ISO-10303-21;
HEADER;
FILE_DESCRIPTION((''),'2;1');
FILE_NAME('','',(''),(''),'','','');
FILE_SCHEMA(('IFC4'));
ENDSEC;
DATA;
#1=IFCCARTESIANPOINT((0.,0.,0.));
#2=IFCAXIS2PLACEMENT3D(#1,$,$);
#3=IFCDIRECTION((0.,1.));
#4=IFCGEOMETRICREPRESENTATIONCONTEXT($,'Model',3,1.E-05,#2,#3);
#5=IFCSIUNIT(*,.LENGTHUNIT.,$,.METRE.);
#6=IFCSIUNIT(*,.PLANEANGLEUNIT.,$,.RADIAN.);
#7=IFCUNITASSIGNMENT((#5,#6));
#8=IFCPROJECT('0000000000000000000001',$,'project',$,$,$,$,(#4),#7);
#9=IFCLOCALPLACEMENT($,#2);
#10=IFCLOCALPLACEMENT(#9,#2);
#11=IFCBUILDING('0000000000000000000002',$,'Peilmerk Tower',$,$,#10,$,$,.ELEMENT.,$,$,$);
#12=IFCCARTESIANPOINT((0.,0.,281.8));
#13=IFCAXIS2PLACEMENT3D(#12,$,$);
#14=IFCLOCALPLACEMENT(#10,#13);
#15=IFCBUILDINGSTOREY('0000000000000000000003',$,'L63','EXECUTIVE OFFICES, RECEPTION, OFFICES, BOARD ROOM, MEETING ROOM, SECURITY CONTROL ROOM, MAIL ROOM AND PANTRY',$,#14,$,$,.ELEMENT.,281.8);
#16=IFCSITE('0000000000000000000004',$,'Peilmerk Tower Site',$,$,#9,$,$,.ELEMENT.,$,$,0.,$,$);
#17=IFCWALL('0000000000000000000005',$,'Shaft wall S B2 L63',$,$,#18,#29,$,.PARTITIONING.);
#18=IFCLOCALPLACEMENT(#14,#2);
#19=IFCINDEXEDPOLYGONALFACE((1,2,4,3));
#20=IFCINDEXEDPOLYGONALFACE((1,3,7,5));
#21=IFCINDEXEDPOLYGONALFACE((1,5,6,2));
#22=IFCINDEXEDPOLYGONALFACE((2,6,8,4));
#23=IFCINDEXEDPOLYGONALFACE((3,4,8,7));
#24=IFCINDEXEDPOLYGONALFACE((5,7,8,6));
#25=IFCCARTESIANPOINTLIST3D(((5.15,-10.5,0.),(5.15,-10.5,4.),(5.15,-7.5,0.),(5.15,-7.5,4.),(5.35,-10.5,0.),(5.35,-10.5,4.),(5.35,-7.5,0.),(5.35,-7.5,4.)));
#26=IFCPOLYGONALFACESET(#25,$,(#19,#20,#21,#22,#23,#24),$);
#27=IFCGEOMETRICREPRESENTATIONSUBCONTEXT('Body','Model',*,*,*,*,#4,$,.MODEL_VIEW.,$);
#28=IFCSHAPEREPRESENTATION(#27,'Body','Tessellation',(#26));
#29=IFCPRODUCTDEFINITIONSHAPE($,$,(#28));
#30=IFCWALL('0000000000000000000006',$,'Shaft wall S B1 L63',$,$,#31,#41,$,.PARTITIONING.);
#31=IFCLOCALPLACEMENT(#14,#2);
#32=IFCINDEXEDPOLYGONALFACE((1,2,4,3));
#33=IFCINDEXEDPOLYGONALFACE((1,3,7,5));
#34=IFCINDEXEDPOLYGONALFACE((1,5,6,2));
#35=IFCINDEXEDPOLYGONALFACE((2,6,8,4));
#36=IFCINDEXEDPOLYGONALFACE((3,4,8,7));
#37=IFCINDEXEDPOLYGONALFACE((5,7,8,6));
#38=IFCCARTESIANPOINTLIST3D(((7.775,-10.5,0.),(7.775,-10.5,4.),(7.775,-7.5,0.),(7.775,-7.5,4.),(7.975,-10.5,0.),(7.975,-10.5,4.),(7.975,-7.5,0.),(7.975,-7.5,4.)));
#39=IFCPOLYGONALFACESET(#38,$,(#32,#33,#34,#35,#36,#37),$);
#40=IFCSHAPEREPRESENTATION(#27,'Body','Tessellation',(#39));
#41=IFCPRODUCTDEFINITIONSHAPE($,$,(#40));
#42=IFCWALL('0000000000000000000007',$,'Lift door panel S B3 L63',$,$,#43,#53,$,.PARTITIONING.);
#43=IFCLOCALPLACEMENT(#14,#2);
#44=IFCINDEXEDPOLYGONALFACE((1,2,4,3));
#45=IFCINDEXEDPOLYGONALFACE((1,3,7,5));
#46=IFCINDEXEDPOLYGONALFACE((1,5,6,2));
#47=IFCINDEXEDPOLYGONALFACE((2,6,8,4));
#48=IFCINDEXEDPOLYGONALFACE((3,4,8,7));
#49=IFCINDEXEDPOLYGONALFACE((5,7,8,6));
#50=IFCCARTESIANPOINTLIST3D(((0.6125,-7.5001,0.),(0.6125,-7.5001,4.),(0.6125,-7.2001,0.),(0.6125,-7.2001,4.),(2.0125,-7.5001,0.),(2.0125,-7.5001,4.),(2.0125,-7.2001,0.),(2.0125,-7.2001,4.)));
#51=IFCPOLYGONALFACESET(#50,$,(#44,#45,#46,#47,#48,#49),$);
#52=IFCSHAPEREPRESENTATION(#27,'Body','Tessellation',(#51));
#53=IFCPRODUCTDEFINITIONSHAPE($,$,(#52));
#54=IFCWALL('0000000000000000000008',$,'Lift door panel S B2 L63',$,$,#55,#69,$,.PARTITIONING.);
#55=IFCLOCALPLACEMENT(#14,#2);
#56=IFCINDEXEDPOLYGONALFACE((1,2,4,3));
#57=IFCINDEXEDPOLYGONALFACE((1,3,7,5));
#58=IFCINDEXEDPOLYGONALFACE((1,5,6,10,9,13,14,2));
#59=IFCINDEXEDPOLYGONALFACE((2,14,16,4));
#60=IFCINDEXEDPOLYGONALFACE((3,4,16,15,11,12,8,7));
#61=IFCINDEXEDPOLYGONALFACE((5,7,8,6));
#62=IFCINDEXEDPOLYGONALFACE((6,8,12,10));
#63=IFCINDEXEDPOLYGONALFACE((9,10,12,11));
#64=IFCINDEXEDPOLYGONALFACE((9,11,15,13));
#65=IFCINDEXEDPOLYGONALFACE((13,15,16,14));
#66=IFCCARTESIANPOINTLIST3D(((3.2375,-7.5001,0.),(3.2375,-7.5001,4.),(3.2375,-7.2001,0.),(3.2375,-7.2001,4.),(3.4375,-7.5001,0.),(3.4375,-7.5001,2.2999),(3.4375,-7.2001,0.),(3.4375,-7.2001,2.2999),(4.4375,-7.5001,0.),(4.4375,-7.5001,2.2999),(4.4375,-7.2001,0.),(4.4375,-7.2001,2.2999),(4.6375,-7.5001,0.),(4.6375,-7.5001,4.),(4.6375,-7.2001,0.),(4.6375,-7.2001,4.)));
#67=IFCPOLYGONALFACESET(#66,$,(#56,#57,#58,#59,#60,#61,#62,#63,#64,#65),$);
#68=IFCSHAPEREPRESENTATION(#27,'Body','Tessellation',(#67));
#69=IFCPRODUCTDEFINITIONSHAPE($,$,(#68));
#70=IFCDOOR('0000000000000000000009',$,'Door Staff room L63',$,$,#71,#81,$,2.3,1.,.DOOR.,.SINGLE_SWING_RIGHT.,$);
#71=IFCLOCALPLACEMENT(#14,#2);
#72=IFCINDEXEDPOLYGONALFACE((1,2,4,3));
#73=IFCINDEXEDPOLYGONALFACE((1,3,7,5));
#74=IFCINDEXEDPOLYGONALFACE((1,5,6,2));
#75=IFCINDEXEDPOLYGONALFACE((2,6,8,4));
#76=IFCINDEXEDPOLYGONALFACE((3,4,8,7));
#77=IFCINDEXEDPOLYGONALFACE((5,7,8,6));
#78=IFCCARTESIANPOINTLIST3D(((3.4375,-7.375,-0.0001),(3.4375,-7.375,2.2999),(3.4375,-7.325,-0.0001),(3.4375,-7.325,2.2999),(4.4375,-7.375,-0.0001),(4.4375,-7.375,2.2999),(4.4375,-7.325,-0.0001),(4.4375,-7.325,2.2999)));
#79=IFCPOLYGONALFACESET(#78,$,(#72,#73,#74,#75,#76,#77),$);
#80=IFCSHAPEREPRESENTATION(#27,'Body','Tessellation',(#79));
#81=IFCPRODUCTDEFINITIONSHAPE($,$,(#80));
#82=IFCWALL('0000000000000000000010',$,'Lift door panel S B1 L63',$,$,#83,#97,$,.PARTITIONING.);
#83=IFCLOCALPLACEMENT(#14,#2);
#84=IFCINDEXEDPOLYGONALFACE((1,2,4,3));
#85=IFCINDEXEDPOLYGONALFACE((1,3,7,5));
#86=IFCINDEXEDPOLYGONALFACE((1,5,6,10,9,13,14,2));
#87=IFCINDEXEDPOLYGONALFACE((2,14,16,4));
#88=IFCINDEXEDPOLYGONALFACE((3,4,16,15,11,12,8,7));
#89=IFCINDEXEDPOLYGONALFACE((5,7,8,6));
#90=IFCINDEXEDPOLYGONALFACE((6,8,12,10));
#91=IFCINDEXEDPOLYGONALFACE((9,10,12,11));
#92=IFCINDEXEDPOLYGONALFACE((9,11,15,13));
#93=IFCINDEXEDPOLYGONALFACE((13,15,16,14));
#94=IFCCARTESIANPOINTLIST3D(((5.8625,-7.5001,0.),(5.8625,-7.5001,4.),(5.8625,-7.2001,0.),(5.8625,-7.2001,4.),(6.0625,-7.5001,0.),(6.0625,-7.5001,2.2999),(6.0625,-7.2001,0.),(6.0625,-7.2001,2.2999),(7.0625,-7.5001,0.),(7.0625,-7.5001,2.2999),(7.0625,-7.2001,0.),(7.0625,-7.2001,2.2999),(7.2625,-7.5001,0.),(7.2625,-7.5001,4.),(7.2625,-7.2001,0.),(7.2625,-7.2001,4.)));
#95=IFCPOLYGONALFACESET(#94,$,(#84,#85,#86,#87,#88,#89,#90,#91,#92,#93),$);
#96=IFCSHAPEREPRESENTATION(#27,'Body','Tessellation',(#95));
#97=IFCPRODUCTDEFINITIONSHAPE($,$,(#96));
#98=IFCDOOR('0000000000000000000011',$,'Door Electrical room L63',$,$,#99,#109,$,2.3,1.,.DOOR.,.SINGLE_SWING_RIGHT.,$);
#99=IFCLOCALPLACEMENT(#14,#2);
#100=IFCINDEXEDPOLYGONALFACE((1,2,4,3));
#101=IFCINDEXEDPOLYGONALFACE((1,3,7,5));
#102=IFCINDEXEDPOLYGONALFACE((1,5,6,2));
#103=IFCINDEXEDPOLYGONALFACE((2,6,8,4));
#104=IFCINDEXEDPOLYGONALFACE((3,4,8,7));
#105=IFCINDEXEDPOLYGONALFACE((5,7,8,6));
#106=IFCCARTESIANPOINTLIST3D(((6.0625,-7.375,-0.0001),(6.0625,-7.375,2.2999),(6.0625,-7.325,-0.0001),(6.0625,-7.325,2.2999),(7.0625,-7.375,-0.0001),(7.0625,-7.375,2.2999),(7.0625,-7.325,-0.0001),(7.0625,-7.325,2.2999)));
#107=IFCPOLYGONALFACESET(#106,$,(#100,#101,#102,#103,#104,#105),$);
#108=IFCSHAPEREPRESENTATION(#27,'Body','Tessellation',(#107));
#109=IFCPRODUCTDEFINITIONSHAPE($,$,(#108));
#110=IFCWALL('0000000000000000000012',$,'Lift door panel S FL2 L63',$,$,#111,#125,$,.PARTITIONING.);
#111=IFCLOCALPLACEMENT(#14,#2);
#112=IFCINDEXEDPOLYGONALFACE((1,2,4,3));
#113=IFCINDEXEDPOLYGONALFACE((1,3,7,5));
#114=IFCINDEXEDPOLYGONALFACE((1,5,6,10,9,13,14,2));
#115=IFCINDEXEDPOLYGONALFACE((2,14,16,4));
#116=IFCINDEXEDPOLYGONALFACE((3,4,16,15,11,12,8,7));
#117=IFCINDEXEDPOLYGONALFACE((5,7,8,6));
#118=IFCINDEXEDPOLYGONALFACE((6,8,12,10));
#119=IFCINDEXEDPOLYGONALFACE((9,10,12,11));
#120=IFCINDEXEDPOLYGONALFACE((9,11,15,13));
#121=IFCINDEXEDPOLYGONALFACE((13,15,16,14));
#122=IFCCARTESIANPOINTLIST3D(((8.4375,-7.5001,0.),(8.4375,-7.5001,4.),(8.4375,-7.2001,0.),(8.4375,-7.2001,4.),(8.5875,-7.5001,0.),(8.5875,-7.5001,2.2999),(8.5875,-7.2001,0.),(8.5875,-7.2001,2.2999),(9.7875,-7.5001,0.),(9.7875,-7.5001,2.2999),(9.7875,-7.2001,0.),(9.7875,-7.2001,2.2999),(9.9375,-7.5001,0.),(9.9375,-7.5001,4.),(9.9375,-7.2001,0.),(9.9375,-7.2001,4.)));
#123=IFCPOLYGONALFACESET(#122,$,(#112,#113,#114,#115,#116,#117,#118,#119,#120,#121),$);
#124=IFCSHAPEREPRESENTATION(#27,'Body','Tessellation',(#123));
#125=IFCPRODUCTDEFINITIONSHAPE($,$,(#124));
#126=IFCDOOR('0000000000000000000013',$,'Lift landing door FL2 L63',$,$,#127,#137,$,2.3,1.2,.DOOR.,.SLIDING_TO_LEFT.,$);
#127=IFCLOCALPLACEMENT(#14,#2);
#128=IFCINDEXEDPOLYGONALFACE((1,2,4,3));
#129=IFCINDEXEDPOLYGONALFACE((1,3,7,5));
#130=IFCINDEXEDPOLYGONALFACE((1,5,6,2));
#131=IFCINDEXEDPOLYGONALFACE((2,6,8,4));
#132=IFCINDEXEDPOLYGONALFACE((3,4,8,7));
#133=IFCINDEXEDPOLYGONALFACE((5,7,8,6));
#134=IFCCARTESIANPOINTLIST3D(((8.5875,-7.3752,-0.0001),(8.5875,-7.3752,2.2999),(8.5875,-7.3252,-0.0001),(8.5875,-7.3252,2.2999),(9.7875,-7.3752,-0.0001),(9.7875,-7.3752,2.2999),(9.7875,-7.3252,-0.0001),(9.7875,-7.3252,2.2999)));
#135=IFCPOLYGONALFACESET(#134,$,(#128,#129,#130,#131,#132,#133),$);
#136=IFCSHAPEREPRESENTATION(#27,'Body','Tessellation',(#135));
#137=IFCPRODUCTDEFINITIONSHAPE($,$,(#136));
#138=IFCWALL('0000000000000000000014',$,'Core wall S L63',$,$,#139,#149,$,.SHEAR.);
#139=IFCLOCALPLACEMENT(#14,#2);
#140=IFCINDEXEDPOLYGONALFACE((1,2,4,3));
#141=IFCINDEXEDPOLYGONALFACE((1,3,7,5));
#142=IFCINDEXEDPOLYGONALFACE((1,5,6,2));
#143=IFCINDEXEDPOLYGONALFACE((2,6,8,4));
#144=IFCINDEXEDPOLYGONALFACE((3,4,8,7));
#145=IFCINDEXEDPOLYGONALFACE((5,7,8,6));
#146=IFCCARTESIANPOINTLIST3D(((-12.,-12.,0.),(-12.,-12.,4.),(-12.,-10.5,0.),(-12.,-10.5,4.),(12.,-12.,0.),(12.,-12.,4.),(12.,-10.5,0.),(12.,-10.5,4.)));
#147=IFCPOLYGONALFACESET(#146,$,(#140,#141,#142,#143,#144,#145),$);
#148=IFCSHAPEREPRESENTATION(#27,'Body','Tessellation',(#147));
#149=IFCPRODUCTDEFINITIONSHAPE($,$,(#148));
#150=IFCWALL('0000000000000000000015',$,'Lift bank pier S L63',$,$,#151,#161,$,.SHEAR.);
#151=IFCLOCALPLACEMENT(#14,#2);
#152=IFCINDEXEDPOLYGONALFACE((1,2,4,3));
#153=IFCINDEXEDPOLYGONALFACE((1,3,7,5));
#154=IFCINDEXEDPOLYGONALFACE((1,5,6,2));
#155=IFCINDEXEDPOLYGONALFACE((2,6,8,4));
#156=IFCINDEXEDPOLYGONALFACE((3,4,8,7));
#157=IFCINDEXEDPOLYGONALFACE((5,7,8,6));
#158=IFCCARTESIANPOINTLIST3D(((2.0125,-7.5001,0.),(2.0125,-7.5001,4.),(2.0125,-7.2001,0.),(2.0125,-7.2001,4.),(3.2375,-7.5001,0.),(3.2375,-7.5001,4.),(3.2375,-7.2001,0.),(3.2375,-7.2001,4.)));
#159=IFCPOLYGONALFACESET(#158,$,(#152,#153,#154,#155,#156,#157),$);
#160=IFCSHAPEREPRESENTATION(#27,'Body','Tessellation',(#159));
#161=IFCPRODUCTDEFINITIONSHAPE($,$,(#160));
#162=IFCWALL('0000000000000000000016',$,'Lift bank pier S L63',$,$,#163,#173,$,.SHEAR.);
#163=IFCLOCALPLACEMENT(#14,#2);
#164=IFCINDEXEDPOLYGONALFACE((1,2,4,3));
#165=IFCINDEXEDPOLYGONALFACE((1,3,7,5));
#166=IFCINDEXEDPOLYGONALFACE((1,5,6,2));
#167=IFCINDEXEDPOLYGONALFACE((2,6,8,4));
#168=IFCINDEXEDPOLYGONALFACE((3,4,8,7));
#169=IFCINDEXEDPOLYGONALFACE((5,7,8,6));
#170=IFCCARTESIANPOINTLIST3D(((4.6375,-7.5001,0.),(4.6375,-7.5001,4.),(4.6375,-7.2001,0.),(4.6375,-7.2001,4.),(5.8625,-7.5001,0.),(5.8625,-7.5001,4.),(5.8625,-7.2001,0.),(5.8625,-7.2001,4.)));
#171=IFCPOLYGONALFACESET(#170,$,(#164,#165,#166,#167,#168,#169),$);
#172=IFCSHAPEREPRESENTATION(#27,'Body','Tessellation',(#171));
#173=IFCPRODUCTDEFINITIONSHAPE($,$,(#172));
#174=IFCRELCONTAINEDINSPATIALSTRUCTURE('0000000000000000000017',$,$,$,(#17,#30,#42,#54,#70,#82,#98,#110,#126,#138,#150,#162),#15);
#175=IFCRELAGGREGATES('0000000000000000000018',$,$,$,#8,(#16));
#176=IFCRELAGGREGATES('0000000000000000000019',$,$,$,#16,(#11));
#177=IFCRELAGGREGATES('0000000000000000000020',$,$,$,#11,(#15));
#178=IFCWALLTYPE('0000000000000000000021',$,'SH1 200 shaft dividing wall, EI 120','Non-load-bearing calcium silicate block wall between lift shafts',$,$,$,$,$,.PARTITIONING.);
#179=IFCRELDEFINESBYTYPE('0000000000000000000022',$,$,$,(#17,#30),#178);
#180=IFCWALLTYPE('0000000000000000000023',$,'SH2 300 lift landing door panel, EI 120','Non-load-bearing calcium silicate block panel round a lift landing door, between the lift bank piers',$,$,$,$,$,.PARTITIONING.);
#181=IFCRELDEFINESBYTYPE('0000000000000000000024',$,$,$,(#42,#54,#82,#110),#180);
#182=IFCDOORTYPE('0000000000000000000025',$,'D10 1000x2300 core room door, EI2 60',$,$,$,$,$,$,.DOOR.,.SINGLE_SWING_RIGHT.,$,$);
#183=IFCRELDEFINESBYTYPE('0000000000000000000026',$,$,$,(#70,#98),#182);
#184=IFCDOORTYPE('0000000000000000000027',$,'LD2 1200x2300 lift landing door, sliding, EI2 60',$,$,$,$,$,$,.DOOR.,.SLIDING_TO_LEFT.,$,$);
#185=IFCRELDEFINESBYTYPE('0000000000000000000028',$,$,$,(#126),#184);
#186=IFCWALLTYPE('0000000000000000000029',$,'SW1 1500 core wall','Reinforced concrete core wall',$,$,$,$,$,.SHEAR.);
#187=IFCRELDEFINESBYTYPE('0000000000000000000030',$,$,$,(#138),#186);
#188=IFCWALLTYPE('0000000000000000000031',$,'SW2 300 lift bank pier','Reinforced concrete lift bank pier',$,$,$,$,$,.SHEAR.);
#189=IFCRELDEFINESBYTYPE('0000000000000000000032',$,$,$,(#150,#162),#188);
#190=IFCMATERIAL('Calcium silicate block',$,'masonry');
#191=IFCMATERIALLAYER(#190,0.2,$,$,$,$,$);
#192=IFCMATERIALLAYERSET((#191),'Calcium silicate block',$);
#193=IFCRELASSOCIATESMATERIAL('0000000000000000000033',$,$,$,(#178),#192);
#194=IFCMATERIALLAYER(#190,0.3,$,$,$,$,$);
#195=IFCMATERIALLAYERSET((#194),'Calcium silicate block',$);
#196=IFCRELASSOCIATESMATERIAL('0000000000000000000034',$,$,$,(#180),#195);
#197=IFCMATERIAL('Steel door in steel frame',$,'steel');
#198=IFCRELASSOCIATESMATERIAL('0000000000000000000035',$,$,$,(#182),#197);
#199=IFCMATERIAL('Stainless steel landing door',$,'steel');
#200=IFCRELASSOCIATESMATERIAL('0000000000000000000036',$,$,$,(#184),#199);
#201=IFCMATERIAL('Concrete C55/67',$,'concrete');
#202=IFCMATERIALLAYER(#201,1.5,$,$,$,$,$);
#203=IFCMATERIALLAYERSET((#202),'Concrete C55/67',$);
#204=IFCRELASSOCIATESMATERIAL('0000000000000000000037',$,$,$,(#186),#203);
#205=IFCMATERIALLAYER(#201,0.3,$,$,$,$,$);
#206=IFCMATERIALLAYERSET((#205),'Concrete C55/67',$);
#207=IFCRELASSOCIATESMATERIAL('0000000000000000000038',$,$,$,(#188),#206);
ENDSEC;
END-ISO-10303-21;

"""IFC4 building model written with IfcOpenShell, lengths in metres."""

from ifc_helpers import new_model, si_unit, direction, frame, frame_2d, origin, place, context, subcontext, project, spatial, rectangle, extrude, material, layer, layer_set, type_object, element, fill, save


model = new_model("IFC4")

# Units and contexts
model_context = context("Model", 3, precision=1e-05, world=origin(), true_north=direction((0.0, 1.0)))
body_context = subcontext(model_context, "Body", "Model", "MODEL_VIEW")
ifc_project = project(units=[si_unit("LENGTHUNIT", "METRE"), si_unit("PLANEANGLEUNIT", "RADIAN")], contexts=[model_context])

# Site, building, storey
site_placement = place(None, origin())
site = spatial("IfcSite", under=ifc_project, at=site_placement, Name="Peilmerk Tower Site", CompositionType="ELEMENT", RefElevation=0.0)
building_placement = place(site_placement, origin())
building = spatial("IfcBuilding", under=site, at=building_placement, Name="Peilmerk Tower", CompositionType="ELEMENT")
storey_placement = place(building_placement, frame((0.0, 0.0, 281.8)))
storey = spatial("IfcBuildingStorey", under=building, at=storey_placement, Name="L63", Description="EXECUTIVE OFFICES, RECEPTION, OFFICES, BOARD ROOM, MEETING ROOM, SECURITY CONTROL ROOM, MAIL ROOM AND PANTRY", CompositionType="ELEMENT", Elevation=281.8)

# Shared definitions
ifc_material_1 = material(Name="Calcium silicate block", Category="masonry")

# Walls
ifc_layer_1 = layer(ifc_material_1, 0.2)
ifc_layer_set_1 = layer_set([ifc_layer_1], Name="Calcium silicate block")
wall_type_1 = type_object("IfcWallType", Name="SH1 200 shaft dividing wall, EI 120", Description="Non-load-bearing calcium silicate block wall between lift shafts", PredefinedType="PARTITIONING", material=ifc_layer_set_1)
for number, where, z_axis, x_axis, name in (
    (1, (5.25, -10.5, 0.0), (0.0, 0.0, 1.0), (0.0, 1.0, 0.0), "Shaft wall S B2 L63"),
    (2, (7.875, -10.5, 0.0), (0.0, 0.0, 1.0), (0.0, 1.0, 0.0), "Shaft wall S B1 L63"),
):
    element("IfcWall", number, at=place(storey_placement, frame(where, z_axis=z_axis, x_axis=x_axis)), inside=storey, type_object=wall_type_1, Name=name, PredefinedType="PARTITIONING", context=body_context, shape_type="SweptSolid", body=[
        extrude(rectangle(XDim=3.0, YDim=0.2, at=frame_2d((1.5, 0.0))), origin(), (0.0, 0.0, 1.0), 4.0),
    ])
ifc_layer_2 = layer(ifc_material_1, 0.3)
ifc_layer_set_2 = layer_set([ifc_layer_2], Name="Calcium silicate block")
wall_type_2 = type_object("IfcWallType", Name="SH2 300 lift landing door panel, EI 120", Description="Non-load-bearing calcium silicate block panel round a lift landing door, between the lift bank piers", PredefinedType="PARTITIONING", material=ifc_layer_set_2)
wall_1_placement = place(storey_placement, frame((0.6125, -7.3501, 0.0), z_axis=(0.0, 0.0, 1.0), x_axis=(1.0, 0.0, 0.0)))
element("IfcWall", 3, at=wall_1_placement, inside=storey, type_object=wall_type_2, Name="Lift door panel S B3 L63", PredefinedType="PARTITIONING", context=body_context, shape_type="SweptSolid", body=[
    extrude(rectangle(XDim=1.3999, YDim=0.3, at=frame_2d((0.7, 0.0))), origin(), (0.0, 0.0, 1.0), 4.0),
])

# Walls, openings, doors
wall_2_placement = place(storey_placement, frame((3.2375, -7.3501, 0.0), z_axis=(0.0, 0.0, 1.0), x_axis=(1.0, 0.0, 0.0)))
wall_2 = element("IfcWall", 4, at=wall_2_placement, inside=storey, type_object=wall_type_2, Name="Lift door panel S B2 L63", PredefinedType="PARTITIONING", context=body_context, shape_type="SweptSolid", body=[
    extrude(rectangle(XDim=1.3999, YDim=0.3, at=frame_2d((0.7, 0.0))), origin(), (0.0, 0.0, 1.0), 4.0),
])
opening_1_placement = place(wall_2_placement, frame((0.2, 0.0, 0.0)))
opening_1 = element("IfcOpeningElement", 5, at=opening_1_placement, cuts=wall_2, PredefinedType="OPENING", context=body_context, shape_type="SweptSolid", body=[
    extrude(rectangle(XDim=1.0, YDim=2.3, at=frame_2d((0.5, 1.1499))), frame((0.0, 0.1599, 0.0), z_axis=(0.0, -1.0, 0.0), x_axis=(1.0, 0.0, 0.0)), (0.0, 0.0, 1.0), 0.3201),
])
ifc_material_2 = material(Name="Steel door in steel frame", Category="steel")
door_type_1 = type_object("IfcDoorType", Name="D10 1000x2300 core room door, EI2 60", OperationType="SINGLE_SWING_RIGHT", PredefinedType="DOOR", material=ifc_material_2)
door_1_placement = place(opening_1_placement, frame((1.0, 0.0, 0.0), z_axis=(0.0, 0.0, 1.0), x_axis=(-1.0, 0.0, 0.0)))
door_1 = element("IfcDoor", 6, at=door_1_placement, inside=storey, type_object=door_type_1, Name="Door Staff room L63", OperationType="SINGLE_SWING_RIGHT", OverallHeight=2.3, OverallWidth=1.0, PredefinedType="DOOR", context=body_context, shape_type="SweptSolid", body=[
    extrude(rectangle(XDim=1.0, YDim=2.3, at=frame_2d((0.5, 1.1499))), frame((0.0, 0.0249, 0.0), z_axis=(0.0, -1.0, 0.0), x_axis=(1.0, 0.0, 0.0)), (0.0, 0.0, 1.0), 0.05),
])
fill(opening_1, door_1)
wall_3_placement = place(storey_placement, frame((5.8625, -7.3501, 0.0), z_axis=(0.0, 0.0, 1.0), x_axis=(1.0, 0.0, 0.0)))
wall_3 = element("IfcWall", 7, at=wall_3_placement, inside=storey, type_object=wall_type_2, Name="Lift door panel S B1 L63", PredefinedType="PARTITIONING", context=body_context, shape_type="SweptSolid", body=[
    extrude(rectangle(XDim=1.3999, YDim=0.3, at=frame_2d((0.7, 0.0))), origin(), (0.0, 0.0, 1.0), 4.0),
])
opening_2_placement = place(wall_3_placement, frame((0.2, 0.0, 0.0)))
opening_2 = element("IfcOpeningElement", 8, at=opening_2_placement, cuts=wall_3, PredefinedType="OPENING", context=body_context, shape_type="SweptSolid", body=[
    extrude(rectangle(XDim=1.0, YDim=2.3, at=frame_2d((0.5, 1.1499))), frame((0.0, 0.1599, 0.0), z_axis=(0.0, -1.0, 0.0), x_axis=(1.0, 0.0, 0.0)), (0.0, 0.0, 1.0), 0.3201),
])
door_2_placement = place(opening_2_placement, frame((1.0, 0.0, 0.0), z_axis=(0.0, 0.0, 1.0), x_axis=(-1.0, 0.0, 0.0)))
door_2 = element("IfcDoor", 9, at=door_2_placement, inside=storey, type_object=door_type_1, Name="Door Electrical room L63", OperationType="SINGLE_SWING_RIGHT", OverallHeight=2.3, OverallWidth=1.0, PredefinedType="DOOR", context=body_context, shape_type="SweptSolid", body=[
    extrude(rectangle(XDim=1.0, YDim=2.3, at=frame_2d((0.5, 1.1499))), frame((0.0, 0.0249, 0.0), z_axis=(0.0, -1.0, 0.0), x_axis=(1.0, 0.0, 0.0)), (0.0, 0.0, 1.0), 0.05),
])
fill(opening_2, door_2)
wall_4_placement = place(storey_placement, frame((8.4375, -7.3501, 0.0), z_axis=(0.0, 0.0, 1.0), x_axis=(1.0, 0.0, 0.0)))
wall_4 = element("IfcWall", 10, at=wall_4_placement, inside=storey, type_object=wall_type_2, Name="Lift door panel S FL2 L63", PredefinedType="PARTITIONING", context=body_context, shape_type="SweptSolid", body=[
    extrude(rectangle(XDim=1.5, YDim=0.3, at=frame_2d((0.75, 0.0))), origin(), (0.0, 0.0, 1.0), 4.0),
])
opening_3_placement = place(wall_4_placement, frame((0.1499, 0.0, 0.0)))
opening_3 = element("IfcOpeningElement", 11, at=opening_3_placement, cuts=wall_4, PredefinedType="OPENING", context=body_context, shape_type="SweptSolid", body=[
    extrude(rectangle(XDim=1.2, YDim=2.3, at=frame_2d((0.6001, 1.1499))), frame((0.0, 0.1599, 0.0), z_axis=(0.0, -1.0, 0.0), x_axis=(1.0, 0.0, 0.0)), (0.0, 0.0, 1.0), 0.3201),
])
ifc_material_3 = material(Name="Stainless steel landing door", Category="steel")
door_type_2 = type_object("IfcDoorType", Name="LD2 1200x2300 lift landing door, sliding, EI2 60", OperationType="SLIDING_TO_LEFT", PredefinedType="DOOR", material=ifc_material_3)
door_3_placement = place(opening_3_placement, origin())
door_3 = element("IfcDoor", 12, at=door_3_placement, inside=storey, type_object=door_type_2, Name="Lift landing door FL2 L63", OperationType="SLIDING_TO_LEFT", OverallHeight=2.3, OverallWidth=1.2, PredefinedType="DOOR", context=body_context, shape_type="SweptSolid", body=[
    extrude(rectangle(XDim=1.2, YDim=2.3, at=frame_2d((0.6001, 1.1499))), frame((0.0, 0.0249, 0.0), z_axis=(0.0, -1.0, 0.0), x_axis=(1.0, 0.0, 0.0)), (0.0, 0.0, 1.0), 0.05),
])
fill(opening_3, door_3)

# Walls
ifc_material_4 = material(Name="Concrete C55/67", Category="concrete")
ifc_layer_3 = layer(ifc_material_4, 1.5)
ifc_layer_set_3 = layer_set([ifc_layer_3], Name="Concrete C55/67")
wall_type_3 = type_object("IfcWallType", Name="SW1 1500 core wall", Description="Reinforced concrete core wall", PredefinedType="SHEAR", material=ifc_layer_set_3)
wall_5_placement = place(storey_placement, frame((12.0, -11.25, 0.0), z_axis=(0.0, 0.0, 1.0), x_axis=(-1.0, 0.0, 0.0)))
element("IfcWall", 13, at=wall_5_placement, inside=storey, type_object=wall_type_3, Name="Core wall S L63", PredefinedType="SHEAR", context=body_context, shape_type="SweptSolid", body=[
    extrude(rectangle(XDim=24.0, YDim=1.5, at=frame_2d((12.0, 0.0))), origin(), (0.0, 0.0, 1.0), 4.0),
])
ifc_layer_4 = layer(ifc_material_4, 0.3)
ifc_layer_set_4 = layer_set([ifc_layer_4], Name="Concrete C55/67")
wall_type_4 = type_object("IfcWallType", Name="SW2 300 lift bank pier", Description="Reinforced concrete lift bank pier", PredefinedType="SHEAR", material=ifc_layer_set_4)
for number, where, z_axis, x_axis, name in (
    (14, (2.0125, -7.3501, 0.0), (0.0, 0.0, 1.0), (1.0, 0.0, 0.0), "Lift bank pier S L63"),
    (15, (4.6375, -7.3501, 0.0), (0.0, 0.0, 1.0), (1.0, 0.0, 0.0), "Lift bank pier S L63"),
):
    element("IfcWall", number, at=place(storey_placement, frame(where, z_axis=z_axis, x_axis=x_axis)), inside=storey, type_object=wall_type_4, Name=name, PredefinedType="SHEAR", context=body_context, shape_type="SweptSolid", body=[
        extrude(rectangle(XDim=1.2251, YDim=0.3, at=frame_2d((0.6125, 0.0))), origin(), (0.0, 0.0, 1.0), 4.0),
    ])

save(model, "model.ifc")
